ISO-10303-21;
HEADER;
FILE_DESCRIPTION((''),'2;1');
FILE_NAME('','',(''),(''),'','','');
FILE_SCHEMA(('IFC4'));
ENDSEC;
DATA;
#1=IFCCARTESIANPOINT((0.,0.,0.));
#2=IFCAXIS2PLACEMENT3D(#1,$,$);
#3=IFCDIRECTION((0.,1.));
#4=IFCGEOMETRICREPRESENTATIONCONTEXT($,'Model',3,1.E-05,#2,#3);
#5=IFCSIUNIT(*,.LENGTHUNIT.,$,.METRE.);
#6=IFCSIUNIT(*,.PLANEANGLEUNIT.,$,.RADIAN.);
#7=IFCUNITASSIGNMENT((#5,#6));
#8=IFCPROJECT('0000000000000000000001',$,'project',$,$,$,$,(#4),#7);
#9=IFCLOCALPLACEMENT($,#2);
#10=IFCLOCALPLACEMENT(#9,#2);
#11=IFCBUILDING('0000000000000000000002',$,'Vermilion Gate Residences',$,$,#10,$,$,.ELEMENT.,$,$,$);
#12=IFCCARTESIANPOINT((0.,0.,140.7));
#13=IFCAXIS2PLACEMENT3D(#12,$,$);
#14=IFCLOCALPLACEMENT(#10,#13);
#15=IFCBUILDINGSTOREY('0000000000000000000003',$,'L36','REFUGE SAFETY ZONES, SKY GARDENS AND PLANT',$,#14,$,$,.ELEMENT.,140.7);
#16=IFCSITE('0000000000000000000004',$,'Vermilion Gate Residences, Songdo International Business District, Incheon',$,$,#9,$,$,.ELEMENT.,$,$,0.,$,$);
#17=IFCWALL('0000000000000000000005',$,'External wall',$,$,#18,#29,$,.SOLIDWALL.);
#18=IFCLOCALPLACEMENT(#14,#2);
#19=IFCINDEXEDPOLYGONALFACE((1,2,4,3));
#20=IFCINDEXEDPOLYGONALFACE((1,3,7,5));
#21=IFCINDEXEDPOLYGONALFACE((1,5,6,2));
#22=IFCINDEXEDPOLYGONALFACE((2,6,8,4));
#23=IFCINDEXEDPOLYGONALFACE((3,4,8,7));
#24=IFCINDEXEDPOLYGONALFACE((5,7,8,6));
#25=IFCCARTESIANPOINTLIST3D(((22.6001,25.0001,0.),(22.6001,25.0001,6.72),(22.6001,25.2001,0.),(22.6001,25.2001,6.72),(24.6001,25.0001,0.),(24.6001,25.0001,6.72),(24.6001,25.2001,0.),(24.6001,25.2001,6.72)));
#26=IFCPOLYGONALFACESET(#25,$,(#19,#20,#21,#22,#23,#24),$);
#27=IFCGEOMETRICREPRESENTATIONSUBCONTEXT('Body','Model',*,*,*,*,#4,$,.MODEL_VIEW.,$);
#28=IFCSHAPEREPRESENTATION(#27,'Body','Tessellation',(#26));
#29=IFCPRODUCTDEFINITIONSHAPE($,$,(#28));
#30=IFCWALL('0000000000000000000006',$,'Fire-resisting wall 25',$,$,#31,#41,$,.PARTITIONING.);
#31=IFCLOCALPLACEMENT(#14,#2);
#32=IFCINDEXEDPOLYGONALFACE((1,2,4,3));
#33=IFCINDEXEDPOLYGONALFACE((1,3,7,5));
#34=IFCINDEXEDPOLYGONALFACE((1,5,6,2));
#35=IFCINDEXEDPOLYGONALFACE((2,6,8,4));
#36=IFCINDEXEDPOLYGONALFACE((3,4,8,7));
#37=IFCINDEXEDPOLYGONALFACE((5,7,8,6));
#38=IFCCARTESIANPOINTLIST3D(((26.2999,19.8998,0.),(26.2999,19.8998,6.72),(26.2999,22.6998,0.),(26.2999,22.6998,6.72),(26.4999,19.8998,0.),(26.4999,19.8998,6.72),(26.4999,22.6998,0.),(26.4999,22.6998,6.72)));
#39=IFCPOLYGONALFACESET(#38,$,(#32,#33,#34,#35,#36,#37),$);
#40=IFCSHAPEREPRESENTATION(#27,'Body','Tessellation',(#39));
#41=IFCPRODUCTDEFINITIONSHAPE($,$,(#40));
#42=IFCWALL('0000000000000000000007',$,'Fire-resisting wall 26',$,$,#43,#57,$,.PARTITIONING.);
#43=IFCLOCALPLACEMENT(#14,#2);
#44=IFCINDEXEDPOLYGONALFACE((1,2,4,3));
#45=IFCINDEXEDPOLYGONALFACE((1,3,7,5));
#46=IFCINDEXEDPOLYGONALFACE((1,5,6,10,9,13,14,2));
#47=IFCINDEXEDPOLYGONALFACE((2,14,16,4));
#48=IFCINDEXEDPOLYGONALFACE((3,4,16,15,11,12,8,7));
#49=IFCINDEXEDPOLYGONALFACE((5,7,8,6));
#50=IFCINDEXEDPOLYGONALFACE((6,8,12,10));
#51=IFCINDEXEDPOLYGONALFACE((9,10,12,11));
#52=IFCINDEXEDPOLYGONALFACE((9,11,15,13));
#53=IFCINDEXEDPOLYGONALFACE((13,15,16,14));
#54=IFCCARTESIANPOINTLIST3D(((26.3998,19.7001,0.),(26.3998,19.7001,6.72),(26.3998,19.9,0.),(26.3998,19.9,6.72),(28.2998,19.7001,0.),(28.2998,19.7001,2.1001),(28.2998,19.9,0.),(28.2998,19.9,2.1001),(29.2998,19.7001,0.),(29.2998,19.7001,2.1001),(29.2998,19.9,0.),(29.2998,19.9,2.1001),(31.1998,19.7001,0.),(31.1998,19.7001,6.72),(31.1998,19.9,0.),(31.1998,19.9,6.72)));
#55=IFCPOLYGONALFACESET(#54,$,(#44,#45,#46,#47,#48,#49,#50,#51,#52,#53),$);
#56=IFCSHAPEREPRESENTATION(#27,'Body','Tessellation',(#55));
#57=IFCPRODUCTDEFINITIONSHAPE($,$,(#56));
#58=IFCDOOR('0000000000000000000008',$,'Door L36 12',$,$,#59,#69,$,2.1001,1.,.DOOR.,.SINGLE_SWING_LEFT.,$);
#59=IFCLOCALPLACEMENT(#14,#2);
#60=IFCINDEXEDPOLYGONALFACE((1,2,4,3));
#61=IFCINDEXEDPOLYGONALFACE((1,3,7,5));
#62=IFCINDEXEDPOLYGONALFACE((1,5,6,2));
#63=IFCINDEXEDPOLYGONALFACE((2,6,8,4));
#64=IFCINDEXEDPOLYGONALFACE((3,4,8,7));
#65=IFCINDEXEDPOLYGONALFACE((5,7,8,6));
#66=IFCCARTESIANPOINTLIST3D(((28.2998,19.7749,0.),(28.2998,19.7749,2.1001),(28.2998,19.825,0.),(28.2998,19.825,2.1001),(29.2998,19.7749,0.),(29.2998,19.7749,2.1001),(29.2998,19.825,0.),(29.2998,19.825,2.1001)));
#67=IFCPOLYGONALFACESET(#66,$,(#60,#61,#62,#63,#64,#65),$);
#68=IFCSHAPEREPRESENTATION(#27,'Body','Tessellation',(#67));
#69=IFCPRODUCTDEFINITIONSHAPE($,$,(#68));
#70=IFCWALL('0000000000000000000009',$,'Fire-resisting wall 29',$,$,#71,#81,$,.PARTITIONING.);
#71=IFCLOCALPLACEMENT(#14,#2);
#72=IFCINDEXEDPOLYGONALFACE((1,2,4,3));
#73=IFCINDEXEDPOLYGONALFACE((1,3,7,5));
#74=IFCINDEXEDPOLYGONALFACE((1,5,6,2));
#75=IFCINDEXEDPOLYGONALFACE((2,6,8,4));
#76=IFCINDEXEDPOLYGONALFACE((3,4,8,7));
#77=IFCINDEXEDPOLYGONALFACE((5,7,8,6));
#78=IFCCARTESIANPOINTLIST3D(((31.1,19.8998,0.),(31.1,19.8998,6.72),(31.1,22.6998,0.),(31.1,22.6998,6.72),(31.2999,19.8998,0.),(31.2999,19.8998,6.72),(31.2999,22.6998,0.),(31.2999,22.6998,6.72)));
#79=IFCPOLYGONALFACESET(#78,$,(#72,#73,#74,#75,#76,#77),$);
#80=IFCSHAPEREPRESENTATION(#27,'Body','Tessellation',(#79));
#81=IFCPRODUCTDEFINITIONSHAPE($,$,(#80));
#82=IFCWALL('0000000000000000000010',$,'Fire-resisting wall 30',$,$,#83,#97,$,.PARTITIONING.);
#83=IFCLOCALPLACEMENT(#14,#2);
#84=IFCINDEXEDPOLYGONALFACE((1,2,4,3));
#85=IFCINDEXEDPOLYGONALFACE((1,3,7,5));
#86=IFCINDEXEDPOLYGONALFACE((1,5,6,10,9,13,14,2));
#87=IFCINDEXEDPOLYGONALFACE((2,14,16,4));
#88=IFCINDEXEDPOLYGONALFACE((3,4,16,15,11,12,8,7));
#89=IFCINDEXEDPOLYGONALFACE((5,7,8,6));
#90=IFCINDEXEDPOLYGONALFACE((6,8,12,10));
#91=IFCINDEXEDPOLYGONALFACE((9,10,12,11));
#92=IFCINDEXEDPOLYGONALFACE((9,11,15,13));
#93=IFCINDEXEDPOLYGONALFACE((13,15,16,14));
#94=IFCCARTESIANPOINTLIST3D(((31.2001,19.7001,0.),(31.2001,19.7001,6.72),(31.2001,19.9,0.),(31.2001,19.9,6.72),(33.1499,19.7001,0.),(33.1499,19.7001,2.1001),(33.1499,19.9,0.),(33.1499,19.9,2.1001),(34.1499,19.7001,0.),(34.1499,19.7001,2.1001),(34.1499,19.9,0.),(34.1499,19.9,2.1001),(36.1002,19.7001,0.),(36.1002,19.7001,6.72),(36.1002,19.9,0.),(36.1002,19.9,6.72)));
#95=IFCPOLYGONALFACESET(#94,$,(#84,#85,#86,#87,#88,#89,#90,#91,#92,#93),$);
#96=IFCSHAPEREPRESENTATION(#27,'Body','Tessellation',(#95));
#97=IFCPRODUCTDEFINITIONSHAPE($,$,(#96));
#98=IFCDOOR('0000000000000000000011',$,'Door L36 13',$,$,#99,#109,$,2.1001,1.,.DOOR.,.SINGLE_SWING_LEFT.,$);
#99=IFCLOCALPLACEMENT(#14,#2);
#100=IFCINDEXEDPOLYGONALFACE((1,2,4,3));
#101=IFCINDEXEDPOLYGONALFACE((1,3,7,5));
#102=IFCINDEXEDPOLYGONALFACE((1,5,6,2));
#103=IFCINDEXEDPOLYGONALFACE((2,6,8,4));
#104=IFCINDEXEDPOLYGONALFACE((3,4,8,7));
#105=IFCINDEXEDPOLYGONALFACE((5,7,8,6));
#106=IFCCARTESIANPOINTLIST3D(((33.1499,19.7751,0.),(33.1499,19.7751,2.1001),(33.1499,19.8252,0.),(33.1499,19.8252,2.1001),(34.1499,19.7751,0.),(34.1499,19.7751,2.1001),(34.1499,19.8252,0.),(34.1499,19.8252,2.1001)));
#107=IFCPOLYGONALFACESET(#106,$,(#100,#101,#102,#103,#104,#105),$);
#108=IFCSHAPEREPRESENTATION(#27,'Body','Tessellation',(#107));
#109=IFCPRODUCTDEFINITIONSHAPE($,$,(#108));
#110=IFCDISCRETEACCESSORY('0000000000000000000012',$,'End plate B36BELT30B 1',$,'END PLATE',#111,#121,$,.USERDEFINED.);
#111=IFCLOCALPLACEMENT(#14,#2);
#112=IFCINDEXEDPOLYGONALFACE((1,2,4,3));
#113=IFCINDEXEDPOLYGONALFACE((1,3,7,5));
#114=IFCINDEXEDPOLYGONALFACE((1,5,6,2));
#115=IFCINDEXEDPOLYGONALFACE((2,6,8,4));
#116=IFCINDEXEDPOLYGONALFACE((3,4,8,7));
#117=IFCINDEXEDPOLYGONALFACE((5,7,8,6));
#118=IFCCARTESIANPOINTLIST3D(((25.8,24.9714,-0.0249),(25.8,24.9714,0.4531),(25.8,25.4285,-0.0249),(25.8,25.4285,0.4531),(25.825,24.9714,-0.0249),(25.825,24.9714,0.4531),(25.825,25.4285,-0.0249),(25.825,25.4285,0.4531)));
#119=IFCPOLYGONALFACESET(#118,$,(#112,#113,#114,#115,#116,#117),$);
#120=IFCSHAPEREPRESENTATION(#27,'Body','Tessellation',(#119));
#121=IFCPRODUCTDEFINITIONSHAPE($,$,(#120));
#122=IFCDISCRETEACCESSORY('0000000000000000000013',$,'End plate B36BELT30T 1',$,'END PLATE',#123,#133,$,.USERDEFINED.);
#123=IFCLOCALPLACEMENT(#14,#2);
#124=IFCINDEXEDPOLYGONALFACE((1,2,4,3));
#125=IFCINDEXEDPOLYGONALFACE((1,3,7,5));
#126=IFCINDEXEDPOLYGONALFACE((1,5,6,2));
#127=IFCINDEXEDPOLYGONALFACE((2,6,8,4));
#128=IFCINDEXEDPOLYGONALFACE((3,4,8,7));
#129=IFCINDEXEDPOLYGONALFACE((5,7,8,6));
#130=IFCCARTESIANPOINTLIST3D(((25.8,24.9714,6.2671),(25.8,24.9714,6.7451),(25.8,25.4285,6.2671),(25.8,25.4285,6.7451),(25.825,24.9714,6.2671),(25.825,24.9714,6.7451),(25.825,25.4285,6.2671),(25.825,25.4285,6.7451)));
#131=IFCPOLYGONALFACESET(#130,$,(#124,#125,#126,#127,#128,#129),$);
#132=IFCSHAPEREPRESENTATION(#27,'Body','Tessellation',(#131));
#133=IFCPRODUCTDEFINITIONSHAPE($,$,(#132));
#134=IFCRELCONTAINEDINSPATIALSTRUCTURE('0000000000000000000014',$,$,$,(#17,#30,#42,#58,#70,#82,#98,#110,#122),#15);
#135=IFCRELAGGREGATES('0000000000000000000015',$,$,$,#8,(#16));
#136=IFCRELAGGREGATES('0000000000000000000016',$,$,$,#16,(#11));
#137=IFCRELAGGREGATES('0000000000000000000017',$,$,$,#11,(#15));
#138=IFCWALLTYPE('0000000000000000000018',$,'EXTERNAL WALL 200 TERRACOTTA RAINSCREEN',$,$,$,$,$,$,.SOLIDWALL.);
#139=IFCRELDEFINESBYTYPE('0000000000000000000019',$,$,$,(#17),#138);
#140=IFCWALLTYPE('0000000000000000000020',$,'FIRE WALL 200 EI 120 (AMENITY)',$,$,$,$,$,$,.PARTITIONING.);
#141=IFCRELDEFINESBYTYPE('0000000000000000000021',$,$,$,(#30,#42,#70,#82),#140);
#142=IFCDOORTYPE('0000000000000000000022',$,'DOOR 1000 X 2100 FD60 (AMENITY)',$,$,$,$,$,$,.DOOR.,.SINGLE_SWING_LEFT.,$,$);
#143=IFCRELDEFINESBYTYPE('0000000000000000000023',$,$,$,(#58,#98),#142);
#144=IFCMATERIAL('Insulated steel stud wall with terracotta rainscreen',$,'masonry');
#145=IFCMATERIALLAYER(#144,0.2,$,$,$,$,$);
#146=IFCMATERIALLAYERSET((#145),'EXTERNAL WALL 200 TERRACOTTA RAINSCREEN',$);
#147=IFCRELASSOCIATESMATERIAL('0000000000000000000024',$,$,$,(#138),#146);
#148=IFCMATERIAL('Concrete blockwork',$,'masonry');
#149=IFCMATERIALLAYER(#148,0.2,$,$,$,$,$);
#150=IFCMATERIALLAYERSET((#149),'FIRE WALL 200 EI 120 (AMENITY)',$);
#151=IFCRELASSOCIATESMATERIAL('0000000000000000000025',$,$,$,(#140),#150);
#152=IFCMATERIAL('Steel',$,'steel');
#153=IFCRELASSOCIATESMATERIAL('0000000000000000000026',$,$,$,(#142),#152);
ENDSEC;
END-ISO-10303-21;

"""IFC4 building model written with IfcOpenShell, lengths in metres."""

from ifc_helpers import new_model, si_unit, direction, frame, frame_2d, origin, origin_2d, place, context, subcontext, project, spatial, rectangle, extrude, material, layer, layer_set, type_object, element, fill, save


model = new_model("IFC4")

# Units and contexts
model_context = context("Model", 3, precision=1e-05, world=origin(), true_north=direction((0.0, 1.0)))
body_context = subcontext(model_context, "Body", "Model", "MODEL_VIEW")
ifc_project = project(units=[si_unit("LENGTHUNIT", "METRE"), si_unit("PLANEANGLEUNIT", "RADIAN")], contexts=[model_context])

# Site, building, storey
site_placement = place(None, origin())
site = spatial("IfcSite", under=ifc_project, at=site_placement, Name="Vermilion Gate Residences, Songdo International Business District, Incheon", CompositionType="ELEMENT", RefElevation=0.0)
building_placement = place(site_placement, origin())
building = spatial("IfcBuilding", under=site, at=building_placement, Name="Vermilion Gate Residences", CompositionType="ELEMENT")
storey_placement = place(building_placement, frame((0.0, 0.0, 140.7)))
storey = spatial("IfcBuildingStorey", under=building, at=storey_placement, Name="L36", Description="REFUGE SAFETY ZONES, SKY GARDENS AND PLANT", CompositionType="ELEMENT", Elevation=140.7)

# Walls
ifc_material_1 = material(Name="Insulated steel stud wall with terracotta rainscreen", Category="masonry")
ifc_layer_1 = layer(ifc_material_1, 0.2)
ifc_layer_set_1 = layer_set([ifc_layer_1], Name="EXTERNAL WALL 200 TERRACOTTA RAINSCREEN")
wall_type_1 = type_object("IfcWallType", Name="EXTERNAL WALL 200 TERRACOTTA RAINSCREEN", PredefinedType="SOLIDWALL", material=ifc_layer_set_1)
wall_1_placement = place(storey_placement, frame((24.6001, 25.1001, 0.0), z_axis=(0.0, 0.0, 1.0), x_axis=(-1.0, 0.0, 0.0)))
element("IfcWall", 1, at=wall_1_placement, inside=storey, type_object=wall_type_1, Name="External wall", PredefinedType="SOLIDWALL", context=body_context, shape_type="SweptSolid", body=[
    extrude(rectangle(XDim=2.0, YDim=0.2, at=frame_2d((1.0, 0.0))), origin(), (0.0, 0.0, 1.0), 6.72),
])
ifc_material_2 = material(Name="Concrete blockwork", Category="masonry")
ifc_layer_2 = layer(ifc_material_2, 0.2)
ifc_layer_set_2 = layer_set([ifc_layer_2], Name="FIRE WALL 200 EI 120 (AMENITY)")
wall_type_2 = type_object("IfcWallType", Name="FIRE WALL 200 EI 120 (AMENITY)", PredefinedType="PARTITIONING", material=ifc_layer_set_2)
wall_2_placement = place(storey_placement, frame((26.3999, 19.8999, 0.0), z_axis=(0.0, 0.0, 1.0), x_axis=(0.0, 1.0, 0.0)))
element("IfcWall", 2, at=wall_2_placement, inside=storey, type_object=wall_type_2, Name="Fire-resisting wall 25", PredefinedType="PARTITIONING", context=body_context, shape_type="SweptSolid", body=[
    extrude(rectangle(XDim=2.8, YDim=0.2, at=frame_2d((1.3999, 0.0))), origin(), (0.0, 0.0, 1.0), 6.72),
])

# Wall, opening, door
wall_3_placement = place(storey_placement, frame((26.3999, 19.8, 0.0), z_axis=(0.0, 0.0, 1.0), x_axis=(1.0, 0.0, 0.0)))
wall_3 = element("IfcWall", 3, at=wall_3_placement, inside=storey, type_object=wall_type_2, Name="Fire-resisting wall 26", PredefinedType="PARTITIONING", context=body_context, shape_type="SweptSolid", body=[
    extrude(rectangle(XDim=4.8, YDim=0.2, at=frame_2d((2.3999, 0.0))), origin(), (0.0, 0.0, 1.0), 6.72),
])
opening_1_placement = place(wall_3_placement, frame((1.8999, 0.0, 0.0)))
opening_1 = element("IfcOpeningElement", 4, at=opening_1_placement, cuts=wall_3, PredefinedType="OPENING", context=body_context, shape_type="SweptSolid", body=[
    extrude(rectangle(XDim=1.0, YDim=2.1001, at=frame_2d((0.5, 1.05))), frame((0.0, 0.1099, 0.0), z_axis=(0.0, -1.0, 0.0), x_axis=(1.0, 0.0, 0.0)), (0.0, 0.0, 1.0), 0.22),
])
ifc_material_3 = material(Name="Steel", Category="steel")
door_type = type_object("IfcDoorType", Name="DOOR 1000 X 2100 FD60 (AMENITY)", OperationType="SINGLE_SWING_LEFT", PredefinedType="DOOR", material=ifc_material_3)
door_1_placement = place(opening_1_placement, origin())
door_1 = element("IfcDoor", 5, at=door_1_placement, inside=storey, type_object=door_type, Name="Door L36 12", OperationType="SINGLE_SWING_LEFT", OverallHeight=2.1001, OverallWidth=1.0, PredefinedType="DOOR", context=body_context, shape_type="SweptSolid", body=[
    extrude(rectangle(XDim=1.0, YDim=2.1001, at=frame_2d((0.5, 1.05))), frame((0.0, 0.0249, 0.0), z_axis=(0.0, -1.0, 0.0), x_axis=(1.0, 0.0, 0.0)), (0.0, 0.0, 1.0), 0.05),
])
fill(opening_1, door_1)

# Wall
wall_4_placement = place(storey_placement, frame((31.2, 19.8999, 0.0), z_axis=(0.0, 0.0, 1.0), x_axis=(0.0, 1.0, 0.0)))
element("IfcWall", 6, at=wall_4_placement, inside=storey, type_object=wall_type_2, Name="Fire-resisting wall 29", PredefinedType="PARTITIONING", context=body_context, shape_type="SweptSolid", body=[
    extrude(rectangle(XDim=2.8, YDim=0.2, at=frame_2d((1.3999, 0.0))), origin(), (0.0, 0.0, 1.0), 6.72),
])

# Wall, opening, door
wall_5_placement = place(storey_placement, frame((31.2, 19.8, 0.0), z_axis=(0.0, 0.0, 1.0), x_axis=(1.0, 0.0, 0.0)))
wall_5 = element("IfcWall", 7, at=wall_5_placement, inside=storey, type_object=wall_type_2, Name="Fire-resisting wall 30", PredefinedType="PARTITIONING", context=body_context, shape_type="SweptSolid", body=[
    extrude(rectangle(XDim=4.9001, YDim=0.2, at=frame_2d((2.4502, 0.0))), origin(), (0.0, 0.0, 1.0), 6.72),
])
opening_2_placement = place(wall_5_placement, frame((1.95, 0.0, 0.0)))
opening_2 = element("IfcOpeningElement", 8, at=opening_2_placement, cuts=wall_5, PredefinedType="OPENING", context=body_context, shape_type="SweptSolid", body=[
    extrude(rectangle(XDim=1.0, YDim=2.1001, at=frame_2d((0.5, 1.05))), frame((0.0, 0.1099, 0.0), z_axis=(0.0, -1.0, 0.0), x_axis=(1.0, 0.0, 0.0)), (0.0, 0.0, 1.0), 0.22),
])
door_2_placement = place(opening_2_placement, frame((1.0, 0.0, 0.0), z_axis=(0.0, 0.0, 1.0), x_axis=(-1.0, 0.0, 0.0)))
door_2 = element("IfcDoor", 9, at=door_2_placement, inside=storey, type_object=door_type, Name="Door L36 13", OperationType="SINGLE_SWING_LEFT", OverallHeight=2.1001, OverallWidth=1.0, PredefinedType="DOOR", context=body_context, shape_type="SweptSolid", body=[
    extrude(rectangle(XDim=1.0, YDim=2.1001, at=frame_2d((0.5, 1.05))), frame((0.0, 0.0249, 0.0), z_axis=(0.0, -1.0, 0.0), x_axis=(1.0, 0.0, 0.0)), (0.0, 0.0, 1.0), 0.05),
])
fill(opening_2, door_2)

# Discrete accessories
for number, where, z_axis, x_axis, name in (
    (10, (25.8125, 25.2, -0.0249), (0.0, 0.0, 1.0), (1.0, 0.0, 0.0), "End plate B36BELT30B 1"),
    (11, (25.8125, 25.2, 6.2671), (0.0, 0.0, 1.0), (1.0, 0.0, 0.0), "End plate B36BELT30T 1"),
):
    element("IfcDiscreteAccessory", number, at=place(storey_placement, frame(where, z_axis=z_axis, x_axis=x_axis)), inside=storey, Name=name, ObjectType="END PLATE", PredefinedType="USERDEFINED", context=body_context, shape_type="SweptSolid", body=[
        extrude(rectangle(XDim=0.0249, YDim=0.457, at=origin_2d()), origin(), (0.0, 0.0, 1.0), 0.478),
    ])

save(model, "model.ifc")
